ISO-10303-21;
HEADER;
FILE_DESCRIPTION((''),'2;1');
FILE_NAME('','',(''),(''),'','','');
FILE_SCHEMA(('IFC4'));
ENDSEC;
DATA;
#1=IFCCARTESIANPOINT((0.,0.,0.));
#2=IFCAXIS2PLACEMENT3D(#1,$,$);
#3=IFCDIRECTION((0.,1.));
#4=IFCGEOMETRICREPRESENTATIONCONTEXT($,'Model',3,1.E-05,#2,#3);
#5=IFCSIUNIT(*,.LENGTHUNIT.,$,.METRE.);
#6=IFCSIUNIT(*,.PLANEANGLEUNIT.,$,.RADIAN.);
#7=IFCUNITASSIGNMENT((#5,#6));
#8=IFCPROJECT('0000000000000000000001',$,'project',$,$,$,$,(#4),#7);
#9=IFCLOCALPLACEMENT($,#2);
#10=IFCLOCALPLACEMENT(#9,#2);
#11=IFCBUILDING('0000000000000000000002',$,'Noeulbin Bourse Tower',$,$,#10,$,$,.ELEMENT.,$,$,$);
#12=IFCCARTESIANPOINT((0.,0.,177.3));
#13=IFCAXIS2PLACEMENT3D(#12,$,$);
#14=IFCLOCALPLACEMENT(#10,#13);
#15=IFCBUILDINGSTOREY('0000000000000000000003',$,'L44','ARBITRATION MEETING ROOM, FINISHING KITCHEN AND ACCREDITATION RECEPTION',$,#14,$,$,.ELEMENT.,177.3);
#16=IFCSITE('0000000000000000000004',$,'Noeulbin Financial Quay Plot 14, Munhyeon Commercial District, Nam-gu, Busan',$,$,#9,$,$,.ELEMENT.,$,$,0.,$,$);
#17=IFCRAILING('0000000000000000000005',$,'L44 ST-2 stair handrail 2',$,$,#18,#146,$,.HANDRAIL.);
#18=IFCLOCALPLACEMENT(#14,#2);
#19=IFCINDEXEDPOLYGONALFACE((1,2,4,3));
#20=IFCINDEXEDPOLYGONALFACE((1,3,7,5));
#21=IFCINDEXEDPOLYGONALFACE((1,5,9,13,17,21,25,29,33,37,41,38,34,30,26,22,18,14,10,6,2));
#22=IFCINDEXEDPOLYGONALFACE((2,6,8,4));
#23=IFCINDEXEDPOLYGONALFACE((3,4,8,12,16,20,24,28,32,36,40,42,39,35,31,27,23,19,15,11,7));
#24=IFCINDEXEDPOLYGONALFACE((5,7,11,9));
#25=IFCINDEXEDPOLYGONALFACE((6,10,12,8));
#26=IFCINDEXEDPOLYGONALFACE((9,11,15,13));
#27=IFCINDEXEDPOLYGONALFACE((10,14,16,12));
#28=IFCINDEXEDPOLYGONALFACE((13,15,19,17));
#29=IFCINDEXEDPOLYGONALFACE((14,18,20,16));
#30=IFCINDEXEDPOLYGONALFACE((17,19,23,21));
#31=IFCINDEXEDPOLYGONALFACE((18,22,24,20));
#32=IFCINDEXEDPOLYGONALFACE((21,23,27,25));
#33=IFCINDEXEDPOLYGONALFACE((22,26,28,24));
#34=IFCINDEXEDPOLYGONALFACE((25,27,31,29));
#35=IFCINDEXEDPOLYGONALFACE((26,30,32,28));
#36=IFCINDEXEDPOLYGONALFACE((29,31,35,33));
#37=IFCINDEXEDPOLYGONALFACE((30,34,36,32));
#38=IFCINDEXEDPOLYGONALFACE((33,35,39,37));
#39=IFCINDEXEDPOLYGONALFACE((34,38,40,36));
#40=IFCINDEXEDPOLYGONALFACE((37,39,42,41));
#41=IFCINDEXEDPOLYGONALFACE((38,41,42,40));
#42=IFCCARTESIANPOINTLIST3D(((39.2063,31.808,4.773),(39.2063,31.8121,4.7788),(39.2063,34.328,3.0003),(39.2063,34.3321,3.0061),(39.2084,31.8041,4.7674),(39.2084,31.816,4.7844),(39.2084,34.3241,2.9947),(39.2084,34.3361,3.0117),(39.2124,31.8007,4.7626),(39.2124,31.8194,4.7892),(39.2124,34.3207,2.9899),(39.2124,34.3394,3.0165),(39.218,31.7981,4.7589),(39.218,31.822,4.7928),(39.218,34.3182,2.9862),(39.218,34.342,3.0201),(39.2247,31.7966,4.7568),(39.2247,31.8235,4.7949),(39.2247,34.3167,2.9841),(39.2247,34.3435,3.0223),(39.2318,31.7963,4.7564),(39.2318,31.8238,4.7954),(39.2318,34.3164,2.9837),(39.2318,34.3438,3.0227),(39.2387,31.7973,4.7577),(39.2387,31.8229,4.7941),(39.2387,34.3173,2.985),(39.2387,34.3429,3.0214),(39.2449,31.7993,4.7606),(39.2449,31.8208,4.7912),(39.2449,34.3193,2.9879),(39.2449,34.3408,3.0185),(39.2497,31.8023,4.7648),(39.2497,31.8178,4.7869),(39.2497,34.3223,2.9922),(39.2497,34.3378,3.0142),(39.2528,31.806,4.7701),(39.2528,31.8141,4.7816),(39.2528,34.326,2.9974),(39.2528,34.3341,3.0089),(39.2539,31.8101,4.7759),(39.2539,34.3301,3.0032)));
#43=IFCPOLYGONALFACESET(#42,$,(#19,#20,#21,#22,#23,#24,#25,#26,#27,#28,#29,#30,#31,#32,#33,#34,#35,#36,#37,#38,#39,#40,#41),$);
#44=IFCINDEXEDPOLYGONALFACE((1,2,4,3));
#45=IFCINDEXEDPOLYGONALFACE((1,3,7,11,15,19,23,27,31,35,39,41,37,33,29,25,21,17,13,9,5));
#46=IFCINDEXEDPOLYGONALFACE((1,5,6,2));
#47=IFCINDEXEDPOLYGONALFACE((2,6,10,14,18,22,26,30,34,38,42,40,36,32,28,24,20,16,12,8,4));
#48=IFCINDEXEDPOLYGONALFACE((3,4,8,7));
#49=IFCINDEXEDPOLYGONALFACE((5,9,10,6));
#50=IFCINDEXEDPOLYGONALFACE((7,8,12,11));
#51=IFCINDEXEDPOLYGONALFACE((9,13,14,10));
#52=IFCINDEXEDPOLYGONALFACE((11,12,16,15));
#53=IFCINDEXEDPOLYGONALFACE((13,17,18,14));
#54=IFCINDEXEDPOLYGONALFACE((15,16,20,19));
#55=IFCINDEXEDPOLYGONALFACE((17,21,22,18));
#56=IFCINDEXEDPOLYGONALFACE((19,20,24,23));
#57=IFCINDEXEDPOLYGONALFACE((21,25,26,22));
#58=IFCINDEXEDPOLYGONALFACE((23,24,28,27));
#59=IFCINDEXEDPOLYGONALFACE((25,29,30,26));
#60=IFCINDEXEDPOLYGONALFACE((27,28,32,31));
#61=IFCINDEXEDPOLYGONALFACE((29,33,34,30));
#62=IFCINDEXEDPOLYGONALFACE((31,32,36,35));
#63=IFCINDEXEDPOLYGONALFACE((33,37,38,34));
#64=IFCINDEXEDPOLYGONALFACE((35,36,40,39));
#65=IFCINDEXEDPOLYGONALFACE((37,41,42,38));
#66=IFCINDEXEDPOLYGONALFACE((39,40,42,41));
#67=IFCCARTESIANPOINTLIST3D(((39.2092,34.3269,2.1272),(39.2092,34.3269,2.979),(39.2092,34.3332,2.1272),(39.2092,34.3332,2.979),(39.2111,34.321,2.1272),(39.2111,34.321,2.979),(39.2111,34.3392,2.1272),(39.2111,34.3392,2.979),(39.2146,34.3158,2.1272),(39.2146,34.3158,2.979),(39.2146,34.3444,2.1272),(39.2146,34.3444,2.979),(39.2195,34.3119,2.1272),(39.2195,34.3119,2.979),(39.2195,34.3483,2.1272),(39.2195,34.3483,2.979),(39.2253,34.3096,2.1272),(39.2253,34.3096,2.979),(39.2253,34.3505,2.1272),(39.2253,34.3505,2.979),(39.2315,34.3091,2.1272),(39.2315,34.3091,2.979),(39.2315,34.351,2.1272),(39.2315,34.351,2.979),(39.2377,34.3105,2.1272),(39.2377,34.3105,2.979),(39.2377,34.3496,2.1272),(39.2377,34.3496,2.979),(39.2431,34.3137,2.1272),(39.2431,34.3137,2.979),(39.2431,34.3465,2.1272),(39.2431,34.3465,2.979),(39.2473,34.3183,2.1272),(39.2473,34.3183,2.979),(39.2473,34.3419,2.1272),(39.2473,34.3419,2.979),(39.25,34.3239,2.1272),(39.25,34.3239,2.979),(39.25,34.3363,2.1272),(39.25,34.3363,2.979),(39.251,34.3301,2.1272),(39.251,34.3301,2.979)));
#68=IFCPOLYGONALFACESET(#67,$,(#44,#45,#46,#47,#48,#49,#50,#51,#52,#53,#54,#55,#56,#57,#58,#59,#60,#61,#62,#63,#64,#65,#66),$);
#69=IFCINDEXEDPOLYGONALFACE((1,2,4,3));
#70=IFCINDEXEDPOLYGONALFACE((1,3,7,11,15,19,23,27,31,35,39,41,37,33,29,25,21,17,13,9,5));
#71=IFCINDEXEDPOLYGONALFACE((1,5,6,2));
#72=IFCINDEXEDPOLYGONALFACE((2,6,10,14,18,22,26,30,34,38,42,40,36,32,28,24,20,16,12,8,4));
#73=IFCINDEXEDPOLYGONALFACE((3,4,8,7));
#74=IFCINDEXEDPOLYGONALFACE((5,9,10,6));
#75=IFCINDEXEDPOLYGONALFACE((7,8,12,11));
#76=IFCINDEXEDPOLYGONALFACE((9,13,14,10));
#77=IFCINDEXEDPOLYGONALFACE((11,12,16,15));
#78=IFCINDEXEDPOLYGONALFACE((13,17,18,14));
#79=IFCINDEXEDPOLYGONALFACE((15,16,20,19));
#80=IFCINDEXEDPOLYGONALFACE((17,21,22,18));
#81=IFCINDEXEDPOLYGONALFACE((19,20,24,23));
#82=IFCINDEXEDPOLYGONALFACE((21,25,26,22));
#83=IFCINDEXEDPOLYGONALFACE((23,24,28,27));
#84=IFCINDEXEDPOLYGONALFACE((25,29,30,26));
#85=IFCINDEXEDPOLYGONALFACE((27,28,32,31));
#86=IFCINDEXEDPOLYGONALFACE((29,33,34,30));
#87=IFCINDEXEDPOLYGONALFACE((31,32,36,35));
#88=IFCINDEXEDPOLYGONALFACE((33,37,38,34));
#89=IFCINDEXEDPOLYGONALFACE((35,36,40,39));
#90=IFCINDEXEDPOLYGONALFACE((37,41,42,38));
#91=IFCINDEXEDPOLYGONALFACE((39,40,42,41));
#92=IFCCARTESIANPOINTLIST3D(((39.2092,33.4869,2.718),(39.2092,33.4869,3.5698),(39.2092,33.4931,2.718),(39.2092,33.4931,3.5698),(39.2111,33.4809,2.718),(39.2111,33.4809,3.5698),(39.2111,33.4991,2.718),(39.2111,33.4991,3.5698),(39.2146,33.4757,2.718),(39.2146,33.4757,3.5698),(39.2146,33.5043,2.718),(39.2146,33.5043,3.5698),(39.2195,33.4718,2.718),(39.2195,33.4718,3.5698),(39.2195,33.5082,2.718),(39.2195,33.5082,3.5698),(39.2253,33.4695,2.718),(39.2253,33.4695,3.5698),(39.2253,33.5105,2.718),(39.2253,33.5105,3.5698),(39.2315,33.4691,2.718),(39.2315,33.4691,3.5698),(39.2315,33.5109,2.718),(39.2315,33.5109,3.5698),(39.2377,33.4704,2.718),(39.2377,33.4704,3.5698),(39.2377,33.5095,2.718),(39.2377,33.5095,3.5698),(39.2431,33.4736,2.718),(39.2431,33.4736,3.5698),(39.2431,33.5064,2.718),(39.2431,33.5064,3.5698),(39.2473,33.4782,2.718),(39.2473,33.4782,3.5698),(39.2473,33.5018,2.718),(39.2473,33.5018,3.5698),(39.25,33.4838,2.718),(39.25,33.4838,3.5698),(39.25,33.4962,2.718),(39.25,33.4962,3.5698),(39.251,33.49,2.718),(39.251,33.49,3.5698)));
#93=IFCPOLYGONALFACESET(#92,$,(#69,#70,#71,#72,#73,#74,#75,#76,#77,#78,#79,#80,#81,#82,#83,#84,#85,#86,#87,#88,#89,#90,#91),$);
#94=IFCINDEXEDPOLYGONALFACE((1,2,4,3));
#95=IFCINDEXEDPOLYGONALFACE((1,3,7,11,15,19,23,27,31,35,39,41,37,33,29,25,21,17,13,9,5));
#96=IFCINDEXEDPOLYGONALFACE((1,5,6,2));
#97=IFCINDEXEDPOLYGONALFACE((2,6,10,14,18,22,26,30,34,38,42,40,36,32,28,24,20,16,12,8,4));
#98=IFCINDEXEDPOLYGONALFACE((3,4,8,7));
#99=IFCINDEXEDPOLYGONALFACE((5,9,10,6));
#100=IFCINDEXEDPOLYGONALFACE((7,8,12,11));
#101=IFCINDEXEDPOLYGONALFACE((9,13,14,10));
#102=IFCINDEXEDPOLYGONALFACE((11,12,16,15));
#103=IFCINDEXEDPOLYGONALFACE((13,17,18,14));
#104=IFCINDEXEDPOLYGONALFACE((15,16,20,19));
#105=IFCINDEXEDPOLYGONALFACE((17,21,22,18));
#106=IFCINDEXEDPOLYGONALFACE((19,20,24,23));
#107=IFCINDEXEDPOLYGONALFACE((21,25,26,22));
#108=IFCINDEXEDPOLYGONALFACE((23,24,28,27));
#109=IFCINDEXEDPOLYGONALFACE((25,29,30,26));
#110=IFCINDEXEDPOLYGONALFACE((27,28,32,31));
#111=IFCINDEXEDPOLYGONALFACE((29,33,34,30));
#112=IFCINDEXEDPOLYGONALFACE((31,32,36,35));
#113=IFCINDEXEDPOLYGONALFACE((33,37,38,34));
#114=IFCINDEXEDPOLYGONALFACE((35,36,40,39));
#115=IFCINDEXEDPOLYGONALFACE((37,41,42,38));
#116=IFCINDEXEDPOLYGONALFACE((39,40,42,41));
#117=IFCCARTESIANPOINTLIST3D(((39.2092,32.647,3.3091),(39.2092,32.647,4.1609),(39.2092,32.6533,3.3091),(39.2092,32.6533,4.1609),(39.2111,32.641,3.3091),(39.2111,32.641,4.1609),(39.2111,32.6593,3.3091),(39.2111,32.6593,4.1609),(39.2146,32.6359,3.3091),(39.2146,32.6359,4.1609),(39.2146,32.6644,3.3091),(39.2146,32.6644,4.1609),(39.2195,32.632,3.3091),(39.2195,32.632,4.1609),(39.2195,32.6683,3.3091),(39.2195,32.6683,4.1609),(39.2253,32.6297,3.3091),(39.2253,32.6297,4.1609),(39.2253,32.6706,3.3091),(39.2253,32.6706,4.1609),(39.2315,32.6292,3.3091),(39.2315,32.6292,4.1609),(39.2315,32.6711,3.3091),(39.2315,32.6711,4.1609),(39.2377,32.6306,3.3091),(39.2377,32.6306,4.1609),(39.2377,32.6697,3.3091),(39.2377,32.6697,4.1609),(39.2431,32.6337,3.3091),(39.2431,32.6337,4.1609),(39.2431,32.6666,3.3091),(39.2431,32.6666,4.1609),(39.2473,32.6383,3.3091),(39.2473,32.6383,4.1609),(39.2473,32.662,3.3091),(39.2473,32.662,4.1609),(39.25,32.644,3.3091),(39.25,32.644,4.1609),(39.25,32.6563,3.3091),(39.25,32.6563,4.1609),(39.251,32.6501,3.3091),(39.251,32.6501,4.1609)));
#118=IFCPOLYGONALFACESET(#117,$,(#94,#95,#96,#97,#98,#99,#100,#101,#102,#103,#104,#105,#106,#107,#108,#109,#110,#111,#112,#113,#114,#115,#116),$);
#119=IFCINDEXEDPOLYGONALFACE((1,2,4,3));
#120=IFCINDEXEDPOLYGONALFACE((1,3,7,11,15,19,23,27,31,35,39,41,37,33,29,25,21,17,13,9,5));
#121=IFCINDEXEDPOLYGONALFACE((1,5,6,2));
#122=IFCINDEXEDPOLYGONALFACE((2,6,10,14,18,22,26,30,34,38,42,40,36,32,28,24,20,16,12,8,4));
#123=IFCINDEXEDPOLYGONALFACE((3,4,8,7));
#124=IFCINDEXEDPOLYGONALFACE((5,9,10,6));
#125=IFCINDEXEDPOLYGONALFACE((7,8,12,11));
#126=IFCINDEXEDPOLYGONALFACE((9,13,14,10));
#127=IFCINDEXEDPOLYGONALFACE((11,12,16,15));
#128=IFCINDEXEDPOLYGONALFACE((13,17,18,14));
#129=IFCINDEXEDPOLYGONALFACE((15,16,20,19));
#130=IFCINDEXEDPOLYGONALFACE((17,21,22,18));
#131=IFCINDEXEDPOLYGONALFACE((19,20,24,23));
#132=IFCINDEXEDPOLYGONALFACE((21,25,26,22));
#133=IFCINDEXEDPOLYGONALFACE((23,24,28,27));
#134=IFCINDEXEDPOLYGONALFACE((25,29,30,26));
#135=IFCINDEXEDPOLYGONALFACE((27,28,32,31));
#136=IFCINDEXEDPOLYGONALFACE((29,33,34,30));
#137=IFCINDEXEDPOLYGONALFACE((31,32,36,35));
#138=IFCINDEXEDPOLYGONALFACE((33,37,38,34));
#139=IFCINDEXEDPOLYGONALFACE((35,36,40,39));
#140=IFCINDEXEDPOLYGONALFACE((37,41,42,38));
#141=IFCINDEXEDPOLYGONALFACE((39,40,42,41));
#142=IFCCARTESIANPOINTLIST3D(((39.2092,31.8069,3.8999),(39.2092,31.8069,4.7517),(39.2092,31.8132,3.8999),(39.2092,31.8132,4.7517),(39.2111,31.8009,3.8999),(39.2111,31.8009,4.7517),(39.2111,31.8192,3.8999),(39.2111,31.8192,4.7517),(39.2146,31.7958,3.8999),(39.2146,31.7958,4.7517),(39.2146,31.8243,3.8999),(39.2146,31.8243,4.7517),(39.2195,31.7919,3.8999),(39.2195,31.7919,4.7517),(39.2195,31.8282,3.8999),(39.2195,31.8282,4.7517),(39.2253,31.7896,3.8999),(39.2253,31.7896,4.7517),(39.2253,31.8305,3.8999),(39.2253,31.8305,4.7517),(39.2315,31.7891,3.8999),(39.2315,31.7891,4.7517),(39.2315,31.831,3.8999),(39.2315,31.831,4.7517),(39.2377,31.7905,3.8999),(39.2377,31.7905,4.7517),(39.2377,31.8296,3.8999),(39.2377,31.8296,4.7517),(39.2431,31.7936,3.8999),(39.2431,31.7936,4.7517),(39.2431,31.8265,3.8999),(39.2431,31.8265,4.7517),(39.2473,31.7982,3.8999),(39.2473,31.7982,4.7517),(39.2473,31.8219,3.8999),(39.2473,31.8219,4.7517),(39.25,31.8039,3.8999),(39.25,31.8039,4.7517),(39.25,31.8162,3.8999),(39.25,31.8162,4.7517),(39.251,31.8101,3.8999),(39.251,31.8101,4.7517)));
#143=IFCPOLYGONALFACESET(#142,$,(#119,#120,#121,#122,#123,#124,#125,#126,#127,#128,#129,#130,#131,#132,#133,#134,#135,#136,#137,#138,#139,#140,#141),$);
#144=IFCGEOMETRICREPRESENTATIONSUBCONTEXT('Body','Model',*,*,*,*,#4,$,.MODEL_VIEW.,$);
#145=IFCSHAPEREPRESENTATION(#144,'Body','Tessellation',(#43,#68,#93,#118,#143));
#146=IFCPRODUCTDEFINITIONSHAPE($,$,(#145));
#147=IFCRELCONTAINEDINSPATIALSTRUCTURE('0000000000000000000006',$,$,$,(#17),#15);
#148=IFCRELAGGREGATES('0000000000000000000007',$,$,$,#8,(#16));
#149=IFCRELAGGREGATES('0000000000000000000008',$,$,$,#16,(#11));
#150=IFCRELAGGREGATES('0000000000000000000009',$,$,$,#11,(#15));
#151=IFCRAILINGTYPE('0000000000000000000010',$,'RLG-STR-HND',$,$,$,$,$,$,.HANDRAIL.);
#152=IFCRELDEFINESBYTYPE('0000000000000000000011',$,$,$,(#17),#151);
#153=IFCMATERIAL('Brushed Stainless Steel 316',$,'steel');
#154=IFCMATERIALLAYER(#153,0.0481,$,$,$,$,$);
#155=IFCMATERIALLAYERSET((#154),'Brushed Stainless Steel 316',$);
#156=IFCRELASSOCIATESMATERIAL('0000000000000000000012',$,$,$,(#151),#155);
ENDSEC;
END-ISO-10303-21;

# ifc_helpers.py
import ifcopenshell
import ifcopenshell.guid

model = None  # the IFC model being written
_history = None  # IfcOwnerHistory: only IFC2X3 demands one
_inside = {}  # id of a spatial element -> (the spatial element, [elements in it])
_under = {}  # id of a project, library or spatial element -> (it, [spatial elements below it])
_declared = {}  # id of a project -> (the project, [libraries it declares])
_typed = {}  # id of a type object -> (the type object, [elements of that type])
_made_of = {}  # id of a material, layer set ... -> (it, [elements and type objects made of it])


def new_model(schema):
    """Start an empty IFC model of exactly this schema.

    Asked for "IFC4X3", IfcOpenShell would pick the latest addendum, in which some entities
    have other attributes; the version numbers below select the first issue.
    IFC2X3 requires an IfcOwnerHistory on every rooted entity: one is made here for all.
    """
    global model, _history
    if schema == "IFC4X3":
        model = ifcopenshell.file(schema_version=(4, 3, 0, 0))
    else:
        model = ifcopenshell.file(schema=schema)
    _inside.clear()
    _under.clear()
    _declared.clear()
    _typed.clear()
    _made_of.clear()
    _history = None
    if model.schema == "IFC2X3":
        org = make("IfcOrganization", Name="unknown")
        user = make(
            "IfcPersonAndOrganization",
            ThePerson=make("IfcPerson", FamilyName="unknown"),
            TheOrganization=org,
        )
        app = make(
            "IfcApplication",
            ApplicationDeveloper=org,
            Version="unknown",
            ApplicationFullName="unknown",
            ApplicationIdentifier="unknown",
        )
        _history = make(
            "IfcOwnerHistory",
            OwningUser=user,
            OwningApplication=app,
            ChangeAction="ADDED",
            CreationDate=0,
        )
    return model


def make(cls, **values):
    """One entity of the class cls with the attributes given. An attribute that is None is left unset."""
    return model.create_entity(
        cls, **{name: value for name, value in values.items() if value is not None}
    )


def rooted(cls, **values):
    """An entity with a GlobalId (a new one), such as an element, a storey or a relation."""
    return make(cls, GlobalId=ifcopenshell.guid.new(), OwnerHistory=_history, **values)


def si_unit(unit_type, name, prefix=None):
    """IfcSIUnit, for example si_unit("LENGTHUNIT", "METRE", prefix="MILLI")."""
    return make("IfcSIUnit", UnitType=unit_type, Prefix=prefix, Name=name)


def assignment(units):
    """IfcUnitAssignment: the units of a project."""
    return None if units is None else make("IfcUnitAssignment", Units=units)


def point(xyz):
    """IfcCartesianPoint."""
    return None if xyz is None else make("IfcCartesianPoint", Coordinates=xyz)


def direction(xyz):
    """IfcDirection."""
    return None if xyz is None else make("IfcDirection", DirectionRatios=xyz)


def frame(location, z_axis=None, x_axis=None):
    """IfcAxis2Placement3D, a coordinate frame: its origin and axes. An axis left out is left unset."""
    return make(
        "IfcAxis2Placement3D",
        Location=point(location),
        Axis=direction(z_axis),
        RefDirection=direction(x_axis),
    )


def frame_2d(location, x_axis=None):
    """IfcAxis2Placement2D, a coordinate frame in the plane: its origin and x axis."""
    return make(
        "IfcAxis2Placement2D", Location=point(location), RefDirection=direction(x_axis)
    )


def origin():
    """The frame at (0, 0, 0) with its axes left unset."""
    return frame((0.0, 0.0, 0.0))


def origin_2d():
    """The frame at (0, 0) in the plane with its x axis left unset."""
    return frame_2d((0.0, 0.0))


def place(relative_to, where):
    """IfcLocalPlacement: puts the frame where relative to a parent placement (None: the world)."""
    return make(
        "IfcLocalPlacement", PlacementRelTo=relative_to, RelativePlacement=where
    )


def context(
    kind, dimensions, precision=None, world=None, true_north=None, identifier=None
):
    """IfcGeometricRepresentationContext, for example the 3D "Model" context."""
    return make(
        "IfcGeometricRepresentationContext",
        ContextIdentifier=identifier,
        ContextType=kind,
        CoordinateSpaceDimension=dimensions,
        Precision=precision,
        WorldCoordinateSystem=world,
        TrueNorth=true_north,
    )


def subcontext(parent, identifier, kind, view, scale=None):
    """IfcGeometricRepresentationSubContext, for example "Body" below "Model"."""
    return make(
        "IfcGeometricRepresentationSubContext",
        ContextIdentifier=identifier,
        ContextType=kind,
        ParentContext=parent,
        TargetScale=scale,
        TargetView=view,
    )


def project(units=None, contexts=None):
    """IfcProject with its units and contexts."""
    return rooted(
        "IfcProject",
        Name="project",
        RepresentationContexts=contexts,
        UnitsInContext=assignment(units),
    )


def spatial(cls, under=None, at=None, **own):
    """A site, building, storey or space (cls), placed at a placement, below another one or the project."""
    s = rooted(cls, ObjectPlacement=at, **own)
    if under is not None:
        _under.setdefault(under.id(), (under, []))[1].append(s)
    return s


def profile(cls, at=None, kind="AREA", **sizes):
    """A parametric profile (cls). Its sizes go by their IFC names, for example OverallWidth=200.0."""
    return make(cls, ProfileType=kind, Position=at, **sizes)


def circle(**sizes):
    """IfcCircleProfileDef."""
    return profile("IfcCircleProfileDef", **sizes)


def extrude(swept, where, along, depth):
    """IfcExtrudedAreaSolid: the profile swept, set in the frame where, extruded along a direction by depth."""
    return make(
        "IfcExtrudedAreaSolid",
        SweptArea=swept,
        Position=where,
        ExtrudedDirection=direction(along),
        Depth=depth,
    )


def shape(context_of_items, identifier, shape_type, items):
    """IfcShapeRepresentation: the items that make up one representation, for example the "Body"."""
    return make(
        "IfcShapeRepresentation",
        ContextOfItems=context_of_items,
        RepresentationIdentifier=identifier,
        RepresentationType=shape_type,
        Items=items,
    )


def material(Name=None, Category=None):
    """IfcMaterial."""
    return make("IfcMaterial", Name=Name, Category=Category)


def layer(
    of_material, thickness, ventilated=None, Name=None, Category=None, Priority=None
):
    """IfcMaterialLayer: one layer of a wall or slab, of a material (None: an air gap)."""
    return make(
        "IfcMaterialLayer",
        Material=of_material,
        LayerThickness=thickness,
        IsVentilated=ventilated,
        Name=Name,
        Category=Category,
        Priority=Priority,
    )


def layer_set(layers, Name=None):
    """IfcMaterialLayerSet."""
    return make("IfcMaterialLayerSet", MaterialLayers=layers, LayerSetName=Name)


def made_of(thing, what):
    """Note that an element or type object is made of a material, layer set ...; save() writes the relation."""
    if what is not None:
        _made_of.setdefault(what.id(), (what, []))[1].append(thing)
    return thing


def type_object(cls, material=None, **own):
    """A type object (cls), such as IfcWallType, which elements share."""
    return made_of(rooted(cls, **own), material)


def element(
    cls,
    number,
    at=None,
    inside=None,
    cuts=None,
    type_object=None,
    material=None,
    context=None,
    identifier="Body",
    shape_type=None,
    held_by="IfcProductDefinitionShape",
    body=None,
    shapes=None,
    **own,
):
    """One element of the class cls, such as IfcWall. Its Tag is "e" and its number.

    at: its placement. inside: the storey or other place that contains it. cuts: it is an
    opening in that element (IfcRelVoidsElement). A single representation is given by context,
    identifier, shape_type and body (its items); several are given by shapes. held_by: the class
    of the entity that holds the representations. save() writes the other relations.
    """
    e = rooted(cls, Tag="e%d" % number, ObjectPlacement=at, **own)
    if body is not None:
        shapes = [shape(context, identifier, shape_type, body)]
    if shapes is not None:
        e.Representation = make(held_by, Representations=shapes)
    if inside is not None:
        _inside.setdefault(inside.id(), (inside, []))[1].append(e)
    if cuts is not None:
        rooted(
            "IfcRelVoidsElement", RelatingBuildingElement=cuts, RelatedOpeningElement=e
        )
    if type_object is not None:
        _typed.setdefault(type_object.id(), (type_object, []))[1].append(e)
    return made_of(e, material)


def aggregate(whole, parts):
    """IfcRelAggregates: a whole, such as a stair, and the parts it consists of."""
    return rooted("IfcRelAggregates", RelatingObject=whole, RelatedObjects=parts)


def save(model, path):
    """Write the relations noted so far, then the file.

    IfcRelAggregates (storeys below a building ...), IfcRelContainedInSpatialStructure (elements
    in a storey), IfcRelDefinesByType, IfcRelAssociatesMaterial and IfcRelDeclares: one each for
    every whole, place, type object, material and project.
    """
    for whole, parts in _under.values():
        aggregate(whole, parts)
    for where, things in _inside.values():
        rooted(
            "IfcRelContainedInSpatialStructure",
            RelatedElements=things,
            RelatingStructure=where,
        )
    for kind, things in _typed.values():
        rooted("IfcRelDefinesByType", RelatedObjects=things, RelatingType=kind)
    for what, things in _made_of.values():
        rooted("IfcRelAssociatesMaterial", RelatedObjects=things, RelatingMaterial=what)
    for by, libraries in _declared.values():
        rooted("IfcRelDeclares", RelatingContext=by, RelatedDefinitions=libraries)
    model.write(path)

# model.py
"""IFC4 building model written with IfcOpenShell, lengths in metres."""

from ifc_helpers import new_model, si_unit, direction, frame, origin, origin_2d, place, context, subcontext, project, spatial, circle, extrude, material, layer, layer_set, type_object, element, save


model = new_model("IFC4")

# Units and contexts
model_context = context("Model", 3, precision=1e-05, world=origin(), true_north=direction((0.0, 1.0)))
body_context = subcontext(model_context, "Body", "Model", "MODEL_VIEW")
ifc_project = project(units=[si_unit("LENGTHUNIT", "METRE"), si_unit("PLANEANGLEUNIT", "RADIAN")], contexts=[model_context])

# Site, building, storey
site_placement = place(None, origin())
site = spatial("IfcSite", under=ifc_project, at=site_placement, Name="Noeulbin Financial Quay Plot 14, Munhyeon Commercial District, Nam-gu, Busan", CompositionType="ELEMENT", RefElevation=0.0)
building_placement = place(site_placement, origin())
building = spatial("IfcBuilding", under=site, at=building_placement, Name="Noeulbin Bourse Tower", CompositionType="ELEMENT")
storey_placement = place(building_placement, frame((0.0, 0.0, 177.3)))
storey = spatial("IfcBuildingStorey", under=building, at=storey_placement, Name="L44", Description="ARBITRATION MEETING ROOM, FINISHING KITCHEN AND ACCREDITATION RECEPTION", CompositionType="ELEMENT", Elevation=177.3)

# Shared definitions
ifc_material_1 = material(Name="Brushed Stainless Steel 316", Category="steel")

# Railing
ifc_layer_1 = layer(ifc_material_1, 0.0481)
ifc_layer_set_1 = layer_set([ifc_layer_1], Name="Brushed Stainless Steel 316")
railing_type_1 = type_object("IfcRailingType", Name="RLG-STR-HND", PredefinedType="HANDRAIL", material=ifc_layer_set_1)
railing_1_placement = place(storey_placement, frame((39.23, 34.3301, 2.1272)))
element("IfcRailing", 1, at=railing_1_placement, inside=storey, type_object=railing_type_1, Name="L44 ST-2 stair handrail 2", PredefinedType="HANDRAIL", context=body_context, shape_type="SweptSolid", body=[
    extrude(circle(Radius=0.0239, at=origin_2d()), frame((0.0, 0.0, 0.876), z_axis=(0.0, -0.817904, 0.575354), x_axis=(1.0, 0.0, 0.0)), (0.0, 0.0, 1.0), 3.0811),
    extrude(circle(Radius=0.021, at=origin_2d()), origin(), (0.0, 0.0, 1.0), 0.8518),
    extrude(circle(Radius=0.021, at=origin_2d()), frame((0.0, -0.8401, 0.5908)), (0.0, 0.0, 1.0), 0.8518),
    extrude(circle(Radius=0.021, at=origin_2d()), frame((0.0, -1.6799, 1.1819)), (0.0, 0.0, 1.0), 0.8518),
    extrude(circle(Radius=0.021, at=origin_2d()), frame((0.0, -2.52, 1.7727)), (0.0, 0.0, 1.0), 0.8518),
])

save(model, "model.ifc")
